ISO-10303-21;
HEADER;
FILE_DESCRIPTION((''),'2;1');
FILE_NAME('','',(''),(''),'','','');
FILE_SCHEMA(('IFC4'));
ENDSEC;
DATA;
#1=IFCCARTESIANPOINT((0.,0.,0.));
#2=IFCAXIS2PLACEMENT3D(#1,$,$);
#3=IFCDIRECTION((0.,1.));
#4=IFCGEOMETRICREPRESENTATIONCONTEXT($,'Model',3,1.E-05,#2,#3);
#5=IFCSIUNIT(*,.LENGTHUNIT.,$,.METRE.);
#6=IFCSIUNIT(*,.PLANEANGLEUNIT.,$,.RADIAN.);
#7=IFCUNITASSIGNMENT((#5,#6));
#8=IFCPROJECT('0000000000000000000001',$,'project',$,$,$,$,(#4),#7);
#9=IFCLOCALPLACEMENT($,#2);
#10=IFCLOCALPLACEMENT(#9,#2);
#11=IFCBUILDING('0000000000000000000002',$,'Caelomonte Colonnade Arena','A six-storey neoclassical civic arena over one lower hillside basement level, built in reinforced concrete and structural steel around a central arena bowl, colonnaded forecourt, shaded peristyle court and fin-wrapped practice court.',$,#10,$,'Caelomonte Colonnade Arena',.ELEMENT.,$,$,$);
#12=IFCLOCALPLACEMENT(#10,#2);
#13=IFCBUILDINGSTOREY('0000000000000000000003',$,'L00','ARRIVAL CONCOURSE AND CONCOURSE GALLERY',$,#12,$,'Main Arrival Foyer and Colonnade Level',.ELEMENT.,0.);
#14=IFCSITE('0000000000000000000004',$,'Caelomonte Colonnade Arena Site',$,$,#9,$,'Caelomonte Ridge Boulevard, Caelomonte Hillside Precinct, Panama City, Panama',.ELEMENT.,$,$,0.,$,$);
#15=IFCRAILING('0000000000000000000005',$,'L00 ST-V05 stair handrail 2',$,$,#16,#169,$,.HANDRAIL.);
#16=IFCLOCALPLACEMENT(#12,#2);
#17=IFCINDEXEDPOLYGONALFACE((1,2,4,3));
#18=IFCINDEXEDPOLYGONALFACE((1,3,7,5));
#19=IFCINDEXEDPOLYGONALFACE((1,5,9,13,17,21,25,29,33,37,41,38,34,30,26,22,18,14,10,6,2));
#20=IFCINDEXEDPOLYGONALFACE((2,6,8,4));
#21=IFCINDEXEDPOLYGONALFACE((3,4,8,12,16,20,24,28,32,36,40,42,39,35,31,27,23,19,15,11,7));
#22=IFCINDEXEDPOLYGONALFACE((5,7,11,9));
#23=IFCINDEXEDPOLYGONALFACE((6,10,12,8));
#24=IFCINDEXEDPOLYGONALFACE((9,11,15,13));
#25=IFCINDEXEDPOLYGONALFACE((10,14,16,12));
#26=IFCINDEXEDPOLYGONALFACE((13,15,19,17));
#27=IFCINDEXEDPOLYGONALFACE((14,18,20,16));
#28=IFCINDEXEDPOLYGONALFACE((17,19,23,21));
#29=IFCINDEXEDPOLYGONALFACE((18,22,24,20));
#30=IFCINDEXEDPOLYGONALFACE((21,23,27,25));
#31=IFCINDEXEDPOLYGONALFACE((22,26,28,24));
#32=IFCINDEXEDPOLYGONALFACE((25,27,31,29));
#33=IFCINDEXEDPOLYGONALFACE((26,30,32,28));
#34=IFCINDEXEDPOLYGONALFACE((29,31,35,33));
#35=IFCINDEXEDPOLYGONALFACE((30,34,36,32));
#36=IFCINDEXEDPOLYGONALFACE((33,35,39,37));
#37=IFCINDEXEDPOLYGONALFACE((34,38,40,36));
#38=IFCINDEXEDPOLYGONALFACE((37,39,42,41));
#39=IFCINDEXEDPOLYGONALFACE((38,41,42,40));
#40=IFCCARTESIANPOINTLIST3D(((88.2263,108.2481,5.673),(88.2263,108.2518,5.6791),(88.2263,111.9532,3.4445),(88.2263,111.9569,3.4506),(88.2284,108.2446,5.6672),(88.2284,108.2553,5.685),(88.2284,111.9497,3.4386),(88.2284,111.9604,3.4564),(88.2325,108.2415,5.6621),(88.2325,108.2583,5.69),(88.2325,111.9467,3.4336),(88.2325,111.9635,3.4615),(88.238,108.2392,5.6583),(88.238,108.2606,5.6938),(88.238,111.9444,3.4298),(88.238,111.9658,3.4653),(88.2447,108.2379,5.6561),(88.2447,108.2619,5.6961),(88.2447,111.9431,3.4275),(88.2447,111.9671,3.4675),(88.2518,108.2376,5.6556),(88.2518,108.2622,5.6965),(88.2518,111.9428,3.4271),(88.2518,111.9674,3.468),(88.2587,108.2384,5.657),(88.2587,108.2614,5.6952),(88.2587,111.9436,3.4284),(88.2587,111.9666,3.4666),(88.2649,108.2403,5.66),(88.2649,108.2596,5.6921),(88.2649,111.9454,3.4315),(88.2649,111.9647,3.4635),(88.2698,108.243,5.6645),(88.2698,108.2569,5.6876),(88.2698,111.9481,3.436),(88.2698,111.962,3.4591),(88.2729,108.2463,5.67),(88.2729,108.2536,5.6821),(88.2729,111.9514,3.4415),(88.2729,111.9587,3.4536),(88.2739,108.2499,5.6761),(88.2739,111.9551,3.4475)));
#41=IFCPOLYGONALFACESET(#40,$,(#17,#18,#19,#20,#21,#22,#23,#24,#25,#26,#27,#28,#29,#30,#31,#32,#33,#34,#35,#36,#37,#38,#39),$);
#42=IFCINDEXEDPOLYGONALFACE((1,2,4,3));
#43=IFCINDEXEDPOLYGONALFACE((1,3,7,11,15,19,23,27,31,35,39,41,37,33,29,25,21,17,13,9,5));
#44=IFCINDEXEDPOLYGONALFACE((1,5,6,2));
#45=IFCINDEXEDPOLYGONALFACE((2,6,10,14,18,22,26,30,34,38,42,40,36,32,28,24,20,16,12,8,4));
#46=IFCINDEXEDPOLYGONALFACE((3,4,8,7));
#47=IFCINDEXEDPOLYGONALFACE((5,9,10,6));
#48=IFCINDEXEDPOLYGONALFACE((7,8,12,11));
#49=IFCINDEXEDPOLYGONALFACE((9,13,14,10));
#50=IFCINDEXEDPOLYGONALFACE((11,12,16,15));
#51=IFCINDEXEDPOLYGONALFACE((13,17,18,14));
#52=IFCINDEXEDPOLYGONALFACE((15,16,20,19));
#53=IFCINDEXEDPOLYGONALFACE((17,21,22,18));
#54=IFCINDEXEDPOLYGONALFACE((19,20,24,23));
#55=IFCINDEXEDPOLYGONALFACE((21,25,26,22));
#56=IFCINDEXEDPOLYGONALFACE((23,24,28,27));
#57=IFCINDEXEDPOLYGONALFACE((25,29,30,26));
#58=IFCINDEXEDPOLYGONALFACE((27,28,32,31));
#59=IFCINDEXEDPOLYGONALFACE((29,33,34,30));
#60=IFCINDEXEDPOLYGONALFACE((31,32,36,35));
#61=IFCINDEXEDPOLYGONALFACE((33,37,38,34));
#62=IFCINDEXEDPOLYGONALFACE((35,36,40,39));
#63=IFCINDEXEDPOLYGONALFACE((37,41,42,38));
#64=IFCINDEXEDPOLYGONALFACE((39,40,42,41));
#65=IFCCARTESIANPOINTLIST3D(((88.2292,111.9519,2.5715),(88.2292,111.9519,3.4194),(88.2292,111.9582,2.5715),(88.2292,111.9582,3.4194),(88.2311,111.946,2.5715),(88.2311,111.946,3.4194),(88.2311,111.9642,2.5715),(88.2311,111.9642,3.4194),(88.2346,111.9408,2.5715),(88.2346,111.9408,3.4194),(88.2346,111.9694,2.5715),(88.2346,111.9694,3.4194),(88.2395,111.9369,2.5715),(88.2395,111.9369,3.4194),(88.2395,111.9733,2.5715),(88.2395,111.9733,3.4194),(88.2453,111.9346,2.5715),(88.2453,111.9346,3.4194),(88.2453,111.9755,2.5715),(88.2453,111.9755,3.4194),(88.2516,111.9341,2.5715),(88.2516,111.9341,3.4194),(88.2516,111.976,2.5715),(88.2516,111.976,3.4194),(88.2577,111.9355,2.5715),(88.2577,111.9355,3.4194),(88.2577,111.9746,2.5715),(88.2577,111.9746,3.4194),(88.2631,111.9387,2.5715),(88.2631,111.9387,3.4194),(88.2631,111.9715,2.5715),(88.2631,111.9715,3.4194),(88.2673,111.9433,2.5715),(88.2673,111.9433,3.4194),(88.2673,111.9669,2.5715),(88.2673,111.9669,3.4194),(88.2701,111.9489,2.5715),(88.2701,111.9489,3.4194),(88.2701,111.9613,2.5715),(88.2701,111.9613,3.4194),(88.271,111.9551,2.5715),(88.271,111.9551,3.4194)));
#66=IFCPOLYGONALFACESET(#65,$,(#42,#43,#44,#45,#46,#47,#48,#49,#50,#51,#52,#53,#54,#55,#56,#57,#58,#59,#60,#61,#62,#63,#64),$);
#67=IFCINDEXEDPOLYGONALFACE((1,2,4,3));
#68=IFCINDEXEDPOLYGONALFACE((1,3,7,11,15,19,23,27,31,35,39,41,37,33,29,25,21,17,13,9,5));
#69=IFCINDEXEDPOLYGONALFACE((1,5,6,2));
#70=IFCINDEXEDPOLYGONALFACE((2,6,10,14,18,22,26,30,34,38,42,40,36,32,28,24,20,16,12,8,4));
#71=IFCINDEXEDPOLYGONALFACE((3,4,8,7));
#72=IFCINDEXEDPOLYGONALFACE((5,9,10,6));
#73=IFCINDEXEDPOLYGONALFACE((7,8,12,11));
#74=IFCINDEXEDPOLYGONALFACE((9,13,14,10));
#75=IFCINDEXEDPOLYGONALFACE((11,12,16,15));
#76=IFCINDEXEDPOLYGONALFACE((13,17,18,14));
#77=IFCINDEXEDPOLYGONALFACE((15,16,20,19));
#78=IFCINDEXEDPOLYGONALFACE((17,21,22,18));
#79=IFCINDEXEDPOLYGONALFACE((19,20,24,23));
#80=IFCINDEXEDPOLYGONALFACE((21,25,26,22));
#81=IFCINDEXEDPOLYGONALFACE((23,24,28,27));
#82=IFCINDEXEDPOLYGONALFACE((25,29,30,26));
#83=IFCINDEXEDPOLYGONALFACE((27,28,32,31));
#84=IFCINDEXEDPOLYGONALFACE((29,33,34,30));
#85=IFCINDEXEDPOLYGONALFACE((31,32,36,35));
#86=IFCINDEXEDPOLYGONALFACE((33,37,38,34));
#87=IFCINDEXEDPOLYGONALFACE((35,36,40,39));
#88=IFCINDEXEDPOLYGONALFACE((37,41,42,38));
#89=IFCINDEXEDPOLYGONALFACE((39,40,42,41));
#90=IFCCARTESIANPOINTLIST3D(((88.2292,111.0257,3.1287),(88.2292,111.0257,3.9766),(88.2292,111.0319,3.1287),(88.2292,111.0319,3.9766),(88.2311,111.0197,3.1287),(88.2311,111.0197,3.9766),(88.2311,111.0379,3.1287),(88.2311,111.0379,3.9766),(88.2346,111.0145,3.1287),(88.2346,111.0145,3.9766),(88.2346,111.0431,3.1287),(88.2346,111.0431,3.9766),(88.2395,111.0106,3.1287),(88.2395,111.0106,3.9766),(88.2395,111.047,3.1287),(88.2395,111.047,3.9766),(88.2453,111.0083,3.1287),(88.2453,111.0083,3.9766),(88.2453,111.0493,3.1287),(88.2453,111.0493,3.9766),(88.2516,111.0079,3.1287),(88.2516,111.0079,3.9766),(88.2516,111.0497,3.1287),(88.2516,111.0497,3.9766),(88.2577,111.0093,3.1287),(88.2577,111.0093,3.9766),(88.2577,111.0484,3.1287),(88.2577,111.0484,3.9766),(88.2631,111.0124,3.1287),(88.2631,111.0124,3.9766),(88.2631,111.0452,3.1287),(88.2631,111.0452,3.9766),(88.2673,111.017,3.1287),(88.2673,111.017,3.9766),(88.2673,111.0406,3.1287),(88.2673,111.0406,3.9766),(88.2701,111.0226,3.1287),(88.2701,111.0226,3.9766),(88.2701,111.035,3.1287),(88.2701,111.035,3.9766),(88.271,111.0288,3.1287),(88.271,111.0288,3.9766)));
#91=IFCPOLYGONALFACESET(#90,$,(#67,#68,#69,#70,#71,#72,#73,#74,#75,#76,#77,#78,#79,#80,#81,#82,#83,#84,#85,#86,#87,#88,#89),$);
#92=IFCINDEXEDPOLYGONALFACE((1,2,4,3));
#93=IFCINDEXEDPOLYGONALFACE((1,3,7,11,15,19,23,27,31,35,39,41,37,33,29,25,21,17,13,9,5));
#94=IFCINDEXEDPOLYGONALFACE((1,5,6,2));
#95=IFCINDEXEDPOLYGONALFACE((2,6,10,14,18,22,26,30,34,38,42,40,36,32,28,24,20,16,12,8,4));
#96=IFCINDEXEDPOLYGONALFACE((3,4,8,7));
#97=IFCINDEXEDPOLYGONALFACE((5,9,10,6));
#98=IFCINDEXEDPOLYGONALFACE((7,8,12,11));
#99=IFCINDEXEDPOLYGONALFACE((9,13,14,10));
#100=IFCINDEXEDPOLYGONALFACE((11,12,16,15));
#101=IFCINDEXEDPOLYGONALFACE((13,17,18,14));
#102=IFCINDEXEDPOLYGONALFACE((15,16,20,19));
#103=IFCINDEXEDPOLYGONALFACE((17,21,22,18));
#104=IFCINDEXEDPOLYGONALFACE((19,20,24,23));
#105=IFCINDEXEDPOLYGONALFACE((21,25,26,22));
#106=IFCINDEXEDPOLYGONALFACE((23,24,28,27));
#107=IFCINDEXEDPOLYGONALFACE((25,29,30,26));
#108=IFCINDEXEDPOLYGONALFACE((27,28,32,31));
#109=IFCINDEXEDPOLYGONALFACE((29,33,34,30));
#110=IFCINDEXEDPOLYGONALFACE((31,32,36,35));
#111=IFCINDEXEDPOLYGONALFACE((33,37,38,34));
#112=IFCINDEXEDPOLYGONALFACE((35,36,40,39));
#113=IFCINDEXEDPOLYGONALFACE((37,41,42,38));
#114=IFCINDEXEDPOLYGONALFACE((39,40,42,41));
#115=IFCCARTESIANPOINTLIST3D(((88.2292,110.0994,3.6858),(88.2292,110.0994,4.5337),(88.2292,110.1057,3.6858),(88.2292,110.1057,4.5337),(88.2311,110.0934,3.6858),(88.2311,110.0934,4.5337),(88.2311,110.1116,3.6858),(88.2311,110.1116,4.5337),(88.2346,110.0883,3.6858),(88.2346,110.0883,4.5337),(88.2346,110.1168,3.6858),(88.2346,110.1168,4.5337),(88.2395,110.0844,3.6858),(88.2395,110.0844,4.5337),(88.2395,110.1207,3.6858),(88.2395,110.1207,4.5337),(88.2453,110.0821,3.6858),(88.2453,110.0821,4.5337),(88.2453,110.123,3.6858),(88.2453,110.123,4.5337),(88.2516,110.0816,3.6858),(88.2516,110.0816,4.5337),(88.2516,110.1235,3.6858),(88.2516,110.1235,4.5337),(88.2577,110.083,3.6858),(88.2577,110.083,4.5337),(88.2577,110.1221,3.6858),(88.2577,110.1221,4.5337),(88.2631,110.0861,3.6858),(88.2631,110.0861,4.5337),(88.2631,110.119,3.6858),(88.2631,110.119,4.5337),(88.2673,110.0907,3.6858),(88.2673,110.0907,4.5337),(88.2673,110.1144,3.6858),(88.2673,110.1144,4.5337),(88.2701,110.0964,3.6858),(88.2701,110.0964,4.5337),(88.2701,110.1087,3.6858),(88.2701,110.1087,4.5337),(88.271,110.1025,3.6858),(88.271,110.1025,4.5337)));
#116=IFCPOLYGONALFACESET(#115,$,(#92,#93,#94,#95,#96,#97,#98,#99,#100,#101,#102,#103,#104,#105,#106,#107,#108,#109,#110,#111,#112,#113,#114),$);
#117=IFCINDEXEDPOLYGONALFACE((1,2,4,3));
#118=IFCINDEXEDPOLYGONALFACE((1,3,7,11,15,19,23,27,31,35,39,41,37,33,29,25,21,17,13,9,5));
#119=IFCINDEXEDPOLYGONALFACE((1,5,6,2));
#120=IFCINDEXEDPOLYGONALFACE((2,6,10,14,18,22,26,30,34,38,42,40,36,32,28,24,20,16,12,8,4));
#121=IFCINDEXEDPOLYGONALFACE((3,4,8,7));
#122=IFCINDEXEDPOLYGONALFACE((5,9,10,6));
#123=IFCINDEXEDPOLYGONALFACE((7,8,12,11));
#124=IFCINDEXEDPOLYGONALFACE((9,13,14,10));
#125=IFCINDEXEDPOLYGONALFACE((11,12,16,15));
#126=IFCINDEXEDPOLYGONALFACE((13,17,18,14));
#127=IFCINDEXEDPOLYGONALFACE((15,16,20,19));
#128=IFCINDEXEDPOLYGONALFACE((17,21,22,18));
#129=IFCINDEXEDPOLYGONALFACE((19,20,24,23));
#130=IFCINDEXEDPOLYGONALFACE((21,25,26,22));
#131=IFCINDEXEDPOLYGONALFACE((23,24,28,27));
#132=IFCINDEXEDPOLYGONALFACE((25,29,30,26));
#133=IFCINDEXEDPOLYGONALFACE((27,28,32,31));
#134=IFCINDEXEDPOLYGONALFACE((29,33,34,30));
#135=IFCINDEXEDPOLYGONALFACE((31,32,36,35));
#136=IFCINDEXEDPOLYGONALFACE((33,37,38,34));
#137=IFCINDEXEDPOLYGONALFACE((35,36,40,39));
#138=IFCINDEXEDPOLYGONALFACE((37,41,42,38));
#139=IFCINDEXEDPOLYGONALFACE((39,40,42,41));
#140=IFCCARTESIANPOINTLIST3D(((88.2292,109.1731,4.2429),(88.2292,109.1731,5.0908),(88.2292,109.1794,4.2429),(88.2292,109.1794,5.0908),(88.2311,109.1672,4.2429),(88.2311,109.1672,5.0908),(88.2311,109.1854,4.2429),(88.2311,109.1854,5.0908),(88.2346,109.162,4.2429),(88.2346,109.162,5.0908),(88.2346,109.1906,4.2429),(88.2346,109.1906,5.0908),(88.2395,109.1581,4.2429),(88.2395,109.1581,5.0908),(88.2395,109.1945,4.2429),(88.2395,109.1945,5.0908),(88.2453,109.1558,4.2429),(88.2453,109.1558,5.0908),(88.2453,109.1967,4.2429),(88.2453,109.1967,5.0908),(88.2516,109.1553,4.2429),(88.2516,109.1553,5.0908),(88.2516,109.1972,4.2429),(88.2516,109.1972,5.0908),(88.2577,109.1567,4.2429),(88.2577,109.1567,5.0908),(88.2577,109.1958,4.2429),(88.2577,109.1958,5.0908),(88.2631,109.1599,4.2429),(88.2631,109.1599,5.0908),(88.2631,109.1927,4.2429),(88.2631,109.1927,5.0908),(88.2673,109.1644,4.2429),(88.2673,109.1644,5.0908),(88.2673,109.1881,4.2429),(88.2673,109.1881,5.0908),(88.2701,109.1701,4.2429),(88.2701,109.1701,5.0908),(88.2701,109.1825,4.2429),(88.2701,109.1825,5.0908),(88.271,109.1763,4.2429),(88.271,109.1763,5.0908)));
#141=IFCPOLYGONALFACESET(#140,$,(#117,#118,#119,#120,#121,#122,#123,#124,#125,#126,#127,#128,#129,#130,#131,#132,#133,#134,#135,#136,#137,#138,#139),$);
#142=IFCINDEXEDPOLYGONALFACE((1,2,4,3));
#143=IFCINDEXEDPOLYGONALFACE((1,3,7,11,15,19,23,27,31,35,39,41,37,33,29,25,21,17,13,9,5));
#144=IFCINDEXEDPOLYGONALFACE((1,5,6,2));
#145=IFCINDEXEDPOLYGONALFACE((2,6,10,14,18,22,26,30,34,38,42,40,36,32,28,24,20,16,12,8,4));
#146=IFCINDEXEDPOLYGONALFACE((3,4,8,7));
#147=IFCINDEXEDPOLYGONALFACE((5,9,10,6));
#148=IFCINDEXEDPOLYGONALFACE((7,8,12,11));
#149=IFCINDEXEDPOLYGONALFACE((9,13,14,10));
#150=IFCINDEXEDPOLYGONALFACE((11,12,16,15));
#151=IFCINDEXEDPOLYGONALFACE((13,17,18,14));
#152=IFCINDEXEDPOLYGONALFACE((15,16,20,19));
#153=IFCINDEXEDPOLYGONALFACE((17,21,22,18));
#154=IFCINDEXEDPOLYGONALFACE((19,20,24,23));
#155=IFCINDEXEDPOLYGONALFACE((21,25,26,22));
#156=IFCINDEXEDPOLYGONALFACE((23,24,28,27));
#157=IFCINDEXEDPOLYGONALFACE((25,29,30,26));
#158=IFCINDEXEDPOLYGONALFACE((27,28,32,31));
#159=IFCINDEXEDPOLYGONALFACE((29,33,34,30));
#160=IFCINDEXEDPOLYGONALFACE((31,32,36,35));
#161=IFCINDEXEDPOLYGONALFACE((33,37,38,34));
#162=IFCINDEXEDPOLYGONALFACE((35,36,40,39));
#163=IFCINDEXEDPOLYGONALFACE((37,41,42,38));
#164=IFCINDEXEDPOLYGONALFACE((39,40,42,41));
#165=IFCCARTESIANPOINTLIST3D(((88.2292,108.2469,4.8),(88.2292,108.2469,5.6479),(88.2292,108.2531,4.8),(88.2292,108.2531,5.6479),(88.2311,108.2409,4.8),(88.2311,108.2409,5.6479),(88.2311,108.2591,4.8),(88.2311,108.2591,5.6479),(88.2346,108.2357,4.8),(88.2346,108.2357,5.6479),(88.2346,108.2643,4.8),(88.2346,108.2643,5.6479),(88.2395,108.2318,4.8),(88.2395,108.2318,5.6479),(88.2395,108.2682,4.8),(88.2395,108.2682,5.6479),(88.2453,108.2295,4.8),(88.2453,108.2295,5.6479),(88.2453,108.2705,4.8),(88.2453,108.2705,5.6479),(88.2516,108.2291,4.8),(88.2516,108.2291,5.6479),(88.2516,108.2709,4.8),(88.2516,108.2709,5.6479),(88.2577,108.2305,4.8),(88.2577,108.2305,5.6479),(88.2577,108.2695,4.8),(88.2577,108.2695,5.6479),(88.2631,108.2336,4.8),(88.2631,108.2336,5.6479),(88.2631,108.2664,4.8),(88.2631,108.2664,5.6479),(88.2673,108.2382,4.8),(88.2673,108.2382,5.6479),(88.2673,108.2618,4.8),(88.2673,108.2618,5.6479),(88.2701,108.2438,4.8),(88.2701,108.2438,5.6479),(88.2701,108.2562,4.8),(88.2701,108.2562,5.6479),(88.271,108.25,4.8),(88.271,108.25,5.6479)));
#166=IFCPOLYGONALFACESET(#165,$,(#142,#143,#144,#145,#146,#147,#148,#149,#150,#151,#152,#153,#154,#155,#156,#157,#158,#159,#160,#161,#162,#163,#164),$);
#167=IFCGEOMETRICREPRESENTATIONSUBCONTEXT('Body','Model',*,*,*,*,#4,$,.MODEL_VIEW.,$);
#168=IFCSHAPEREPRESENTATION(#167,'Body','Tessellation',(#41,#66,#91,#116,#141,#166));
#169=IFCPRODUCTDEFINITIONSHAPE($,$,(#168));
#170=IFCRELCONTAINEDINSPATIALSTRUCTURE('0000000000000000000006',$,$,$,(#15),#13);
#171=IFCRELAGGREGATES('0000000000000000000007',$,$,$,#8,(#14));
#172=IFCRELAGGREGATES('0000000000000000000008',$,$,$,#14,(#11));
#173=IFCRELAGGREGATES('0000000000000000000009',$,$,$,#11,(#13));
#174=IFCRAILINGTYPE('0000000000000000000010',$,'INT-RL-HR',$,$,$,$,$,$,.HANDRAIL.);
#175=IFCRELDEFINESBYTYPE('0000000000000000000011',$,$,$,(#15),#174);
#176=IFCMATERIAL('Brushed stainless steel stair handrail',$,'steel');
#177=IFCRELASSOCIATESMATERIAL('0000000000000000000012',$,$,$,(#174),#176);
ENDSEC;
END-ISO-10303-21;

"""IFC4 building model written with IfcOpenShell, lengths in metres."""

from ifc_helpers import new_model, si_unit, direction, frame, origin, origin_2d, place, context, subcontext, project, spatial, circle, extrude, material, type_object, element, save


model = new_model("IFC4")

# Units and contexts
model_context = context("Model", 3, precision=1e-05, world=origin(), true_north=direction((0.0, 1.0)))
body_context = subcontext(model_context, "Body", "Model", "MODEL_VIEW")
ifc_project = project(units=[si_unit("LENGTHUNIT", "METRE"), si_unit("PLANEANGLEUNIT", "RADIAN")], contexts=[model_context])

# Site, building, storey
site_placement = place(None, origin())
site = spatial("IfcSite", under=ifc_project, at=site_placement, Name="Caelomonte Colonnade Arena Site", LongName="Caelomonte Ridge Boulevard, Caelomonte Hillside Precinct, Panama City, Panama", CompositionType="ELEMENT", RefElevation=0.0)
building_placement = place(site_placement, origin())
building = spatial("IfcBuilding", under=site, at=building_placement, Name="Caelomonte Colonnade Arena", Description="A six-storey neoclassical civic arena over one lower hillside basement level, built in reinforced concrete and structural steel around a central arena bowl, colonnaded forecourt, shaded peristyle court and fin-wrapped practice court.", LongName="Caelomonte Colonnade Arena", CompositionType="ELEMENT")
storey_placement = place(building_placement, origin())
storey = spatial("IfcBuildingStorey", under=building, at=storey_placement, Name="L00", Description="ARRIVAL CONCOURSE AND CONCOURSE GALLERY", LongName="Main Arrival Foyer and Colonnade Level", CompositionType="ELEMENT", Elevation=0.0)

# Railing
ifc_material_1 = material(Name="Brushed stainless steel stair handrail", Category="steel")
railing_type_1 = type_object("IfcRailingType", Name="INT-RL-HR", PredefinedType="HANDRAIL", material=ifc_material_1)
railing_1_placement = place(storey_placement, frame((88.25, 111.9551, 2.5715)))
element("IfcRailing", 1, at=railing_1_placement, inside=storey, type_object=railing_type_1, Name="L00 ST-V05 stair handrail 2", PredefinedType="HANDRAIL", context=body_context, shape_type="SweptSolid", body=[
    extrude(circle(Radius=0.0239, at=origin_2d()), frame((0.0, 0.0, 0.876), z_axis=(0.0, -0.856934, 0.515425), x_axis=(1.0, 0.0, 0.0)), (0.0, 0.0, 1.0), 4.3237),
    extrude(circle(Radius=0.021, at=origin_2d()), origin(), (0.0, 0.0, 1.0), 0.8479),
    extrude(circle(Radius=0.021, at=origin_2d()), frame((0.0, -0.9263, 0.5571)), (0.0, 0.0, 1.0), 0.8479),
    extrude(circle(Radius=0.021, at=origin_2d()), frame((0.0, -1.8525, 1.1143)), (0.0, 0.0, 1.0), 0.8479),
    extrude(circle(Radius=0.021, at=origin_2d()), frame((0.0, -2.7788, 1.6714)), (0.0, 0.0, 1.0), 0.8479),
    extrude(circle(Radius=0.021, at=origin_2d()), frame((0.0, -3.7051, 2.2285)), (0.0, 0.0, 1.0), 0.8479),
])

save(model, "model.ifc")
